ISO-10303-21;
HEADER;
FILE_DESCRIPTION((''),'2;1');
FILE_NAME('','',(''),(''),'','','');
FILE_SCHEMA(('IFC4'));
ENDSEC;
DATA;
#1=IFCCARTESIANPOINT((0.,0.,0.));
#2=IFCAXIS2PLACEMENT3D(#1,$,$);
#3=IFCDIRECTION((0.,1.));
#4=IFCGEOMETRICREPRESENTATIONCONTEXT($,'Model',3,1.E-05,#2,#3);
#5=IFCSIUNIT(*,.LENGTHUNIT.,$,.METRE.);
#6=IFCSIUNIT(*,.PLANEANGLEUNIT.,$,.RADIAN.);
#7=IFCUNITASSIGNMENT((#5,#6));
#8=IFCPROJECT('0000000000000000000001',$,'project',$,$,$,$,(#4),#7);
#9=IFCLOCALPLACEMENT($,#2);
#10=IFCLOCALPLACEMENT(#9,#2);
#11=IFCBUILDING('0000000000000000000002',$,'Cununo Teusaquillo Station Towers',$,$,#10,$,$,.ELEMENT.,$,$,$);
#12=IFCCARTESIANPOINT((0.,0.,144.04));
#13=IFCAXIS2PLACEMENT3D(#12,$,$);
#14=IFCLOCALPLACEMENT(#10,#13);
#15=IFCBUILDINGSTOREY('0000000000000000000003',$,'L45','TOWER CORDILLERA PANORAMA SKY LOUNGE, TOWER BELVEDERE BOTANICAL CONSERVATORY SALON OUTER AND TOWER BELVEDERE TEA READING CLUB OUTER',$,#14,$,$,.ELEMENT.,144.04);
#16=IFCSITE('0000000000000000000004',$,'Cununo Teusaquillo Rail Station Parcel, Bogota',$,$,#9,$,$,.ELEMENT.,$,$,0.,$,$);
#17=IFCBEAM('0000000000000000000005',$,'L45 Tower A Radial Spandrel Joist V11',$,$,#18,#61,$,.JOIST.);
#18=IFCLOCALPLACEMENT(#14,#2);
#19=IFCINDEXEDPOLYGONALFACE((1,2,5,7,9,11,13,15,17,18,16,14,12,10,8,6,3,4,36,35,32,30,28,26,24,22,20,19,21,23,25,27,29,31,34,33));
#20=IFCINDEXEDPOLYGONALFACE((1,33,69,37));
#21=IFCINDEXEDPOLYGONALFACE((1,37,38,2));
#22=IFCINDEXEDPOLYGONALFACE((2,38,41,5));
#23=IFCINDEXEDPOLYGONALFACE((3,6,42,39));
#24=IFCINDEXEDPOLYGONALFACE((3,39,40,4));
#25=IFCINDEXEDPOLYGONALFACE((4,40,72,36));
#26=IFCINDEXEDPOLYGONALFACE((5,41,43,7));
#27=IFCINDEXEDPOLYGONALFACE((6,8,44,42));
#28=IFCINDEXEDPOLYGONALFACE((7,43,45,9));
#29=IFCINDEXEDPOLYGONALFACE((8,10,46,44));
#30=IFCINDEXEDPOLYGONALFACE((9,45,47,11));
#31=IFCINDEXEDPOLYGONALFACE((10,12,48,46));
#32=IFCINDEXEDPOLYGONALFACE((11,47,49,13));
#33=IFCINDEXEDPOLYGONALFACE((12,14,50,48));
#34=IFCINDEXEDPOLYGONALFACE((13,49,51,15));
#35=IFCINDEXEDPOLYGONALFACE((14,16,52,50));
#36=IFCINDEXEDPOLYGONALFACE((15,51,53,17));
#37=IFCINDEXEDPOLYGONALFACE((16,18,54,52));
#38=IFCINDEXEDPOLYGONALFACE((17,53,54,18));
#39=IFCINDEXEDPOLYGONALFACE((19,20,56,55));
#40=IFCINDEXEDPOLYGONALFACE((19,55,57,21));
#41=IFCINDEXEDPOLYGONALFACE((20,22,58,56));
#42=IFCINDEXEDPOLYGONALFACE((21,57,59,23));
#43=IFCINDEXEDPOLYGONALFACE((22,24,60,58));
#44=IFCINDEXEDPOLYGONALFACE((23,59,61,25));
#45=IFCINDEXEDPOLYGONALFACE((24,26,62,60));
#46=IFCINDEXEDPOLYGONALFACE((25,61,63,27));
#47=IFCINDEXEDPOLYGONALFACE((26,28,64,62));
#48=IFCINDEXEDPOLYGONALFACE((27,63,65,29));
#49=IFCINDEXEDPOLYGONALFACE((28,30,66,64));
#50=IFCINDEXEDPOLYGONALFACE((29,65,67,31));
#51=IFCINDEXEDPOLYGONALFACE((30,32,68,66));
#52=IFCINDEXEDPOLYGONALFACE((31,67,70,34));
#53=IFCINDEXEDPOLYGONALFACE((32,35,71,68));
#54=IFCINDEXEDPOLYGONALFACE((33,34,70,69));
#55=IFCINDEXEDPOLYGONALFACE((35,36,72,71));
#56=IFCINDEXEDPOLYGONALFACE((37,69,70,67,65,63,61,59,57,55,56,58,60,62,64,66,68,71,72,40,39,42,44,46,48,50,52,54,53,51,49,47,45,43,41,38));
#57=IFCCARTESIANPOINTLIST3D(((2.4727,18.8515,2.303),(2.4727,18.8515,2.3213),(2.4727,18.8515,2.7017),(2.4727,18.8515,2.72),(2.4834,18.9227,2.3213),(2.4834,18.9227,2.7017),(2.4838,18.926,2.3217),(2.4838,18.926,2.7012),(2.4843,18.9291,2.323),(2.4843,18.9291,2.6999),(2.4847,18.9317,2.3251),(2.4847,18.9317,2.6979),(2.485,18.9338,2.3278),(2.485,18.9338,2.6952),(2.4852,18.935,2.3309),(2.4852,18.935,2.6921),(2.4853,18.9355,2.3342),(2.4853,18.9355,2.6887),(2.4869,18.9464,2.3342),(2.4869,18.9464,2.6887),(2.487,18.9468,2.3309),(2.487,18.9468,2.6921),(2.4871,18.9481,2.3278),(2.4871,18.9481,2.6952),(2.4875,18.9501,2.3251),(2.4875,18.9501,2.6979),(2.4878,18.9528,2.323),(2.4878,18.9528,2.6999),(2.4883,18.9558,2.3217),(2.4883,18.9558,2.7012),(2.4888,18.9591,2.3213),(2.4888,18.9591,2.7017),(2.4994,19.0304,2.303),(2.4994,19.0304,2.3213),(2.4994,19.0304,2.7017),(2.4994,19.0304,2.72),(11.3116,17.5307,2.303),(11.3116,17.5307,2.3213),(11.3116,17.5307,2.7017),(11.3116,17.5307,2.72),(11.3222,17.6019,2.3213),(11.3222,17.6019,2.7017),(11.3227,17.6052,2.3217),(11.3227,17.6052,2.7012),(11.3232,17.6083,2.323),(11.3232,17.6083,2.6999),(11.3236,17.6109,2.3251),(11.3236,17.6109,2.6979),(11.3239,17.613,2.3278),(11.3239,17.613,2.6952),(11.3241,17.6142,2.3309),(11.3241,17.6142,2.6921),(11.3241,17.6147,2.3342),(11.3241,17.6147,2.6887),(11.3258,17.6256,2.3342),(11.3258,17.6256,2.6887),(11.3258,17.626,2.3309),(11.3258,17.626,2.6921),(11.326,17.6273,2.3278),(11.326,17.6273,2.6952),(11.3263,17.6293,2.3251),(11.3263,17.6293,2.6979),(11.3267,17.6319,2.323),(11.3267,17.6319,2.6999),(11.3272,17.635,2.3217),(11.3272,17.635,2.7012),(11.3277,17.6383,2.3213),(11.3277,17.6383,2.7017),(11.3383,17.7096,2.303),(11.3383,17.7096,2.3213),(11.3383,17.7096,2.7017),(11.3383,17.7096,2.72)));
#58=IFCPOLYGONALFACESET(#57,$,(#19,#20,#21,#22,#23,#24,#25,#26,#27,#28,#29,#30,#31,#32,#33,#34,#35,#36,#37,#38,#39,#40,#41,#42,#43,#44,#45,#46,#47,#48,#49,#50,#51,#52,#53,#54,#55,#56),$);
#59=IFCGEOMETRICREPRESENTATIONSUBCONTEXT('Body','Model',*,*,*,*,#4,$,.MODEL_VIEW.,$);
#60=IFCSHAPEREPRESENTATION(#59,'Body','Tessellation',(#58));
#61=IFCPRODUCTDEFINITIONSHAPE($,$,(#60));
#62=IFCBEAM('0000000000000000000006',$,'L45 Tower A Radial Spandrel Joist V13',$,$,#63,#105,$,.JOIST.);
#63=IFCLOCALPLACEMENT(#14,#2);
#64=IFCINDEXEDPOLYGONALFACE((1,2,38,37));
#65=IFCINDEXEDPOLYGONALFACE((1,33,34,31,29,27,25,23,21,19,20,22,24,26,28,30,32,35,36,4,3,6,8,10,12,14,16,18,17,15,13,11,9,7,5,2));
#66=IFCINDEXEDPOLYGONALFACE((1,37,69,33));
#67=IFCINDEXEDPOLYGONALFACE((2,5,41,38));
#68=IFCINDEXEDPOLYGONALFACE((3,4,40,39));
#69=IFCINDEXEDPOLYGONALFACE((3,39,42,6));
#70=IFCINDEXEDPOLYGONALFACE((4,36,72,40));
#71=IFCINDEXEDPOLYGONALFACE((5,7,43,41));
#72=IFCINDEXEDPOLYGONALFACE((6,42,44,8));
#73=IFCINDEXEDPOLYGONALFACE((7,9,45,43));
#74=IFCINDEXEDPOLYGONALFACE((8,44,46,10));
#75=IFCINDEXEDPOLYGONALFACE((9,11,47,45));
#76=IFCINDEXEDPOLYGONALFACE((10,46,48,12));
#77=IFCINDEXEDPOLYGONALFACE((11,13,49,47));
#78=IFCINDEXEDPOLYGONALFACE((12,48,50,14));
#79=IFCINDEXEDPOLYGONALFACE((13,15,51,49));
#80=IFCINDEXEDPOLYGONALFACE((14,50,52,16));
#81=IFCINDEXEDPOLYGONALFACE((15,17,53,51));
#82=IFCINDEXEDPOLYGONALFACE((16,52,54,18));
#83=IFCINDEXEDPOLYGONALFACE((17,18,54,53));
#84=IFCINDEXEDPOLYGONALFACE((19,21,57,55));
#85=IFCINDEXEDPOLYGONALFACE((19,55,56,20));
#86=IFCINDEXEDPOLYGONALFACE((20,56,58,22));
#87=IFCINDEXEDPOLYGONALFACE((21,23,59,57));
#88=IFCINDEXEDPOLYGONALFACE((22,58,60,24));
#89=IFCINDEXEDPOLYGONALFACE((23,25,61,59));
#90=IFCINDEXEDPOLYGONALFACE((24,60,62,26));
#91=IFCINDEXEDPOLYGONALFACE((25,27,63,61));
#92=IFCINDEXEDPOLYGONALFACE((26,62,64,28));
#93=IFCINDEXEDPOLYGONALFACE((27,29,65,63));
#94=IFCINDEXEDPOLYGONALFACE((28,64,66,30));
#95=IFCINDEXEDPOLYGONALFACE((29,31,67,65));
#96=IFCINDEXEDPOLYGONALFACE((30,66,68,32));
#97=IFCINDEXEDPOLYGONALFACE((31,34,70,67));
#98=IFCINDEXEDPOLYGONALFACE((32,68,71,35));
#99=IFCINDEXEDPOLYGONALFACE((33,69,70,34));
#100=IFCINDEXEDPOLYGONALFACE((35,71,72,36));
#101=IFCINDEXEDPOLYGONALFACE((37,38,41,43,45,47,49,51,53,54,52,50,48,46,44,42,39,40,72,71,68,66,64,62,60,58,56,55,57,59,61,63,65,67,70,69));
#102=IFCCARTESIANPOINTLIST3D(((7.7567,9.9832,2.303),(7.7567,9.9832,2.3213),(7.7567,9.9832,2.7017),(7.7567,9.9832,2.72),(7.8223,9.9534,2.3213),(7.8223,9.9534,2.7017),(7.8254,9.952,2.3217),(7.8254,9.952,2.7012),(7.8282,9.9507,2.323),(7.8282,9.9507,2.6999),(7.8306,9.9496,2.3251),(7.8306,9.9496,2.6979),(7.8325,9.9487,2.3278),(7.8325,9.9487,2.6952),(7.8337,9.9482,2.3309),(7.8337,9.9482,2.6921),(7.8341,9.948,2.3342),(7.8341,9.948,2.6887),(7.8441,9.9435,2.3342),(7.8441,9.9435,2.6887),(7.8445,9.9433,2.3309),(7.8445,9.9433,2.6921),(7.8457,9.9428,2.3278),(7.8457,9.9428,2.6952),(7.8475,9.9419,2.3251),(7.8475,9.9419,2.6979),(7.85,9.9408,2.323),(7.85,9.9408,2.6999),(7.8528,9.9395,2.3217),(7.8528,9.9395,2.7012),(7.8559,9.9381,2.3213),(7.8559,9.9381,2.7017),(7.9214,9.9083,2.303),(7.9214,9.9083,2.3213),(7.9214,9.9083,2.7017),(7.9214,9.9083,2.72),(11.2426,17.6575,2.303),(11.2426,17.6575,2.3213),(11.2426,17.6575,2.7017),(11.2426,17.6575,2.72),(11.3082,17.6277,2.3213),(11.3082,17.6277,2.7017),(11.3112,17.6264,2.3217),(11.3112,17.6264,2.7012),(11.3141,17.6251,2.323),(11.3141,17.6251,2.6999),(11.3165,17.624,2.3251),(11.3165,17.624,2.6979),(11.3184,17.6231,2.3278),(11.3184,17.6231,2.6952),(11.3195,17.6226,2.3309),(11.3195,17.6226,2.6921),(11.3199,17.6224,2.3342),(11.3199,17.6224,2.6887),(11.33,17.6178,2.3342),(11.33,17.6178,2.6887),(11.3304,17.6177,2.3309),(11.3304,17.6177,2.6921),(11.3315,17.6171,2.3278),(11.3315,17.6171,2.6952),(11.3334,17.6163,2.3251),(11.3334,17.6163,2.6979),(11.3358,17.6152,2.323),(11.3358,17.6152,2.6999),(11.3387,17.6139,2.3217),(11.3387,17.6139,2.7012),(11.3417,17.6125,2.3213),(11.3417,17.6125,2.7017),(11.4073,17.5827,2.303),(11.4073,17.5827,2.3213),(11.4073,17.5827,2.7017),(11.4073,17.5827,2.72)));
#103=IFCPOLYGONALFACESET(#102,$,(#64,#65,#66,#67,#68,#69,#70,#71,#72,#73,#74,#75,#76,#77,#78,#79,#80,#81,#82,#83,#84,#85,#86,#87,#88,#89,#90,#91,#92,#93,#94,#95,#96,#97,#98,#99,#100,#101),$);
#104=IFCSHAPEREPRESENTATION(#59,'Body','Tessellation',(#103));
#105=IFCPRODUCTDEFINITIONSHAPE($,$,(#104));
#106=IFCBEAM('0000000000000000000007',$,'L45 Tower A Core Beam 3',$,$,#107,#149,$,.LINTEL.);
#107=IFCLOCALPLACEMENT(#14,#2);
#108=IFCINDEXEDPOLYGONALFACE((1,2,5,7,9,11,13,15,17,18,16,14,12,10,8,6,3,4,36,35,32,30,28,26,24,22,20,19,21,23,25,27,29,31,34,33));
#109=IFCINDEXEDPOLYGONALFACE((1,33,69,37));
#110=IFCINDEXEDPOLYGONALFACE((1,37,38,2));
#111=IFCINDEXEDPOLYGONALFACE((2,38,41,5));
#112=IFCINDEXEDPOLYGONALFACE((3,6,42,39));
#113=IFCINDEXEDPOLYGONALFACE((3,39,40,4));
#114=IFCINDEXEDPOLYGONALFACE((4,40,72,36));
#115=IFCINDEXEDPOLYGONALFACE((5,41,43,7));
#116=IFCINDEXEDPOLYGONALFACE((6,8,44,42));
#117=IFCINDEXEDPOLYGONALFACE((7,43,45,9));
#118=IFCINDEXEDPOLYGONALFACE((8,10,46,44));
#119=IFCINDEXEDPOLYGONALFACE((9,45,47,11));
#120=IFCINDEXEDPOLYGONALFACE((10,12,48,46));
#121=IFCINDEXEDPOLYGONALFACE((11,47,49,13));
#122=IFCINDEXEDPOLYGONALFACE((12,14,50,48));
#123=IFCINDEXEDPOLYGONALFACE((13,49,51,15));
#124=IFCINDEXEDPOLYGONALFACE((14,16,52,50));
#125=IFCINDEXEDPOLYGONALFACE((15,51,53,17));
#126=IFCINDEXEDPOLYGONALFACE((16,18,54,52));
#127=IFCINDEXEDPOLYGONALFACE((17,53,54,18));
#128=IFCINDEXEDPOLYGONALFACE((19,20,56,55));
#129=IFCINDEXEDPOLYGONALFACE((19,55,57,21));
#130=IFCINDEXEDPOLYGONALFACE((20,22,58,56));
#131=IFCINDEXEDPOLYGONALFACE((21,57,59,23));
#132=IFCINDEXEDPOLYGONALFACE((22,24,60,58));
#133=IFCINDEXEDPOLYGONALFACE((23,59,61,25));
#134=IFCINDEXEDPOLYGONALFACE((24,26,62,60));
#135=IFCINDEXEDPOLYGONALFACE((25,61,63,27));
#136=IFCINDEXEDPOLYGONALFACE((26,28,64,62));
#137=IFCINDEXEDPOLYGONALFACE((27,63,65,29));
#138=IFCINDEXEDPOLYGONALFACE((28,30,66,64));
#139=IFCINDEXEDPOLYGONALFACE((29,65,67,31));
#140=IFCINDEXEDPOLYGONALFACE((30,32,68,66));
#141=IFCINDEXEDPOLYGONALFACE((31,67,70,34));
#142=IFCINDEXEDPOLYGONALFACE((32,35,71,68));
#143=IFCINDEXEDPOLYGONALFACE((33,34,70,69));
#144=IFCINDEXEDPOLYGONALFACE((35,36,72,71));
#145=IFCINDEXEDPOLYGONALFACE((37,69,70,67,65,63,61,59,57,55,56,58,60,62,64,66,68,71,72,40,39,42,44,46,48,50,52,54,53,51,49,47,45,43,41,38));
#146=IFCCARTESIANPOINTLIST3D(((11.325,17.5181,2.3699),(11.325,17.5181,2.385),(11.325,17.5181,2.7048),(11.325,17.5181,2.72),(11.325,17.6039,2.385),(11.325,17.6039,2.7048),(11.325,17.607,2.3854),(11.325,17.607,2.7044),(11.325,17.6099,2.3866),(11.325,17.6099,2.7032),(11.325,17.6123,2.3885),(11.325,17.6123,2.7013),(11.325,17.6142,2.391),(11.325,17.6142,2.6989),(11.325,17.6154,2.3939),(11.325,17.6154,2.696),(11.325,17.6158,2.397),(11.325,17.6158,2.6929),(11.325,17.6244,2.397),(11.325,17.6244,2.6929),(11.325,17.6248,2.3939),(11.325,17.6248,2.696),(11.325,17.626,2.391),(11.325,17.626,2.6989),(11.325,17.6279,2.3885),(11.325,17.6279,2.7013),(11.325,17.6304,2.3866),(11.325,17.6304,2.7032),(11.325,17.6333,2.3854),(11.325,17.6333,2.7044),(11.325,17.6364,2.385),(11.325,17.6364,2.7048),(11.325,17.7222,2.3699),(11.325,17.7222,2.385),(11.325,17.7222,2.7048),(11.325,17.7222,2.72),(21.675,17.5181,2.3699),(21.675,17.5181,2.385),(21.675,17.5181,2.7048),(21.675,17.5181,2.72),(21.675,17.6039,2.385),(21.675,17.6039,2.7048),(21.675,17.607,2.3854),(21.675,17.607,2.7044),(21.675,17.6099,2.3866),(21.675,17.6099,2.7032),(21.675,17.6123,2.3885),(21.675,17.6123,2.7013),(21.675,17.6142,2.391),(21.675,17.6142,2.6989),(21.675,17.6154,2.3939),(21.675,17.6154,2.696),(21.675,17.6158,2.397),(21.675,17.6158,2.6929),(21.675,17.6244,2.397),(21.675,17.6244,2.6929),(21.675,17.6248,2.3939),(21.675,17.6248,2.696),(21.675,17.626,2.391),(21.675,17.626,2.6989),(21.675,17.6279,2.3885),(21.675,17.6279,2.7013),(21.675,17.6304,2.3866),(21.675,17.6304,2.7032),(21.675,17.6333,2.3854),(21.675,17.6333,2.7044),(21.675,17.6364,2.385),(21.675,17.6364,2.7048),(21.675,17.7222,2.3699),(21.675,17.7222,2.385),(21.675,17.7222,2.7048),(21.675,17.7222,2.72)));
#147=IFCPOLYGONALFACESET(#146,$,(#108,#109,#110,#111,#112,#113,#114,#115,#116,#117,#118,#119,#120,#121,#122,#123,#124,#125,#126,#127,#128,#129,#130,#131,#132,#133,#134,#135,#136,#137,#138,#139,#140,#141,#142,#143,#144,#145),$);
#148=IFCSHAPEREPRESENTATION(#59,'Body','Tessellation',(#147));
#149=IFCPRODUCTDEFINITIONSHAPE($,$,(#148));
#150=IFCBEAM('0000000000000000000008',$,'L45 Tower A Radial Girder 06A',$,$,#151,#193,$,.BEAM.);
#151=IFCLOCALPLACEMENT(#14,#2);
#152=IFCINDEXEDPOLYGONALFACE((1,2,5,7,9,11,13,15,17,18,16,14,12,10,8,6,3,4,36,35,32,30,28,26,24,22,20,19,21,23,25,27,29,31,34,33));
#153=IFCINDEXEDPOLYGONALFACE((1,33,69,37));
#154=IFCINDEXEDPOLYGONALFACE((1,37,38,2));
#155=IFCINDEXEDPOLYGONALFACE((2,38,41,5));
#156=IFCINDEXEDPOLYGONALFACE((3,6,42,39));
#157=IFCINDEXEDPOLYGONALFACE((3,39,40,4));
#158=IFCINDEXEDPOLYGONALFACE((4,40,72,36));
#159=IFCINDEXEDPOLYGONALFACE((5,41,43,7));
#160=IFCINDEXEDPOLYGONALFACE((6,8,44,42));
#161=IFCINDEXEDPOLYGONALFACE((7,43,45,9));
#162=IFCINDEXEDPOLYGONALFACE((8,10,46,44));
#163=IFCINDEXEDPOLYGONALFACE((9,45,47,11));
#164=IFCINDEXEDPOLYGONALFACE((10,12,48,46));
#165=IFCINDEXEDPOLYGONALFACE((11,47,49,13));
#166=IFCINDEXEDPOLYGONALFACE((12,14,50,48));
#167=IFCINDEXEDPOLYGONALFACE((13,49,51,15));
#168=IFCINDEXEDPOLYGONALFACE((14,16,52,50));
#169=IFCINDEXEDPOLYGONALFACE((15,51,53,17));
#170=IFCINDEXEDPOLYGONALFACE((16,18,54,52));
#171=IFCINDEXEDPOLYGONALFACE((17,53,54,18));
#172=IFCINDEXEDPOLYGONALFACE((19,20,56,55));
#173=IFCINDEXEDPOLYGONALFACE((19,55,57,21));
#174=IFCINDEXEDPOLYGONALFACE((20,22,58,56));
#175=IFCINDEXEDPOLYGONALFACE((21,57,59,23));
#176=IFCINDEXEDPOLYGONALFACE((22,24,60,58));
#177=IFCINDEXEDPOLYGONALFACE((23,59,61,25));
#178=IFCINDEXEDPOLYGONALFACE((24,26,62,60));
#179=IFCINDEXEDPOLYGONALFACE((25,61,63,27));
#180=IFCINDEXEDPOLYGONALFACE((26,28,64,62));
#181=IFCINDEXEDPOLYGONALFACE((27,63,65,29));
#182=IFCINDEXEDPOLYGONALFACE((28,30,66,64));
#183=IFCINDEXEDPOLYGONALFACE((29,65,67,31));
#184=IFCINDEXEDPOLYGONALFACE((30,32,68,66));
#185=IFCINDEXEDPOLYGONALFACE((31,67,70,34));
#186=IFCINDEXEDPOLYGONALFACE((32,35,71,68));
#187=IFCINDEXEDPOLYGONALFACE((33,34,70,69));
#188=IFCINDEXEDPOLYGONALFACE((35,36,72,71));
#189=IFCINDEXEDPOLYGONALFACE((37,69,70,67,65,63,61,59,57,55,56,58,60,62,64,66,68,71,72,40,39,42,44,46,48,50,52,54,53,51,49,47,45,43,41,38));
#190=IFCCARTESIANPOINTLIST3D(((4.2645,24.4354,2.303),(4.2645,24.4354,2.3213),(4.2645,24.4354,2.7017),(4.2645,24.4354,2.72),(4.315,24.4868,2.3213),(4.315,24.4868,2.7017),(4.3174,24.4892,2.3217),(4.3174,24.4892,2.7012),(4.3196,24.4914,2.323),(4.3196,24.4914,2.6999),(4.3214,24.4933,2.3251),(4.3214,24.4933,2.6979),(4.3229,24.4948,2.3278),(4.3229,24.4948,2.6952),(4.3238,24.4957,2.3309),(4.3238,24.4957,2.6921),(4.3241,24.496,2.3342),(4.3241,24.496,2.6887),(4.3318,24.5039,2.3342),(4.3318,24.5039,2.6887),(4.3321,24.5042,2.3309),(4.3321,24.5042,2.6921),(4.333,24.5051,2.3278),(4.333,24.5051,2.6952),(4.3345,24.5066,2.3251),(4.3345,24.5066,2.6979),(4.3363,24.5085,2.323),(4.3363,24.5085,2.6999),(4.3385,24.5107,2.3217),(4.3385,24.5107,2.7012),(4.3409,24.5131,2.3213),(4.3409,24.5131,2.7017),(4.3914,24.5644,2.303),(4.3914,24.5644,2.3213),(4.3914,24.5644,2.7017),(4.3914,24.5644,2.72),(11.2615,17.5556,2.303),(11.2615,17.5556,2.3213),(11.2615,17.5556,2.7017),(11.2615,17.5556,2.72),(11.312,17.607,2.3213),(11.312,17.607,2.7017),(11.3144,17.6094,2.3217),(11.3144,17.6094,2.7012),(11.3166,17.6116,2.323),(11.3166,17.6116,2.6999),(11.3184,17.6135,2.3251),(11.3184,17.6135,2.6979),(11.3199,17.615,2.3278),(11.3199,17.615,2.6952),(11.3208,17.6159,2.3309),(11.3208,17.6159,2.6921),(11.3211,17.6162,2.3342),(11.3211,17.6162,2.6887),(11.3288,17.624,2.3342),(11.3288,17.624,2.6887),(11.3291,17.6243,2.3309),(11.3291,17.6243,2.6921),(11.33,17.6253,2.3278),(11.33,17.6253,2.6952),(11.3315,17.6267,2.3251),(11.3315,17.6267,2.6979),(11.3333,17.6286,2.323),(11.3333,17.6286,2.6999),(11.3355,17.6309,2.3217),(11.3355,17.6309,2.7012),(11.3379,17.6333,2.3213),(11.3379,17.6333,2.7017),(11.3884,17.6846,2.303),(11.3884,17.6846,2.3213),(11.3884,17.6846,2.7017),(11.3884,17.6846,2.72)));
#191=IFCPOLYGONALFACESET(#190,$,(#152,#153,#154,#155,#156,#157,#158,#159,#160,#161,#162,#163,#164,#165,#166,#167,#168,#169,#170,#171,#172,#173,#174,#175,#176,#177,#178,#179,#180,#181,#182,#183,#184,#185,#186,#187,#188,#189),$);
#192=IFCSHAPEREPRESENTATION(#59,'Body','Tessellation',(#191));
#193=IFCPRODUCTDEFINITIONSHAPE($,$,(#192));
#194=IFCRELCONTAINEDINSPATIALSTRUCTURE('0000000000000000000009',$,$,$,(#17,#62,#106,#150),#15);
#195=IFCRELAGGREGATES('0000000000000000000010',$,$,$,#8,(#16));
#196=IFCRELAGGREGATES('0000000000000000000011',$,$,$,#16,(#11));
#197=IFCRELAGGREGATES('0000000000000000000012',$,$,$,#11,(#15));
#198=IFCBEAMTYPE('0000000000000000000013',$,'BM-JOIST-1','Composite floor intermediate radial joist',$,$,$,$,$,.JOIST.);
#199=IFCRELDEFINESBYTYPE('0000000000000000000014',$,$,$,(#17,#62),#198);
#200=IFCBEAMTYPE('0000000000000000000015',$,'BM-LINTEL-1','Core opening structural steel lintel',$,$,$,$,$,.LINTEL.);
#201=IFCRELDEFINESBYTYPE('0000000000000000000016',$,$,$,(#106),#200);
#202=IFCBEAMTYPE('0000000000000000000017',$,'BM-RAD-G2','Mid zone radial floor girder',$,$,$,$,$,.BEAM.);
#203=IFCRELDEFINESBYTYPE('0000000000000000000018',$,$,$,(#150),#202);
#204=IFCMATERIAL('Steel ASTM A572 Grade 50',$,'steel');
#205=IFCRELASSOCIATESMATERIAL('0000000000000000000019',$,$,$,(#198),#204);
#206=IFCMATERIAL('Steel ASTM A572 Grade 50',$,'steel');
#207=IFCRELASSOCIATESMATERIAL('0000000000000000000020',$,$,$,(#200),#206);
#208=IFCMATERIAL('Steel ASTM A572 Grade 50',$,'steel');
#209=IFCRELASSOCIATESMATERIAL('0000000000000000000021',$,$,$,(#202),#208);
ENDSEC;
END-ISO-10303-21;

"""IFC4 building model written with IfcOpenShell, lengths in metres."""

from ifc_helpers import new_model, si_unit, direction, frame, origin, origin_2d, place, context, subcontext, project, spatial, i_section, extrude, material, material_profile, profile_set, type_object, element, save


model = new_model("IFC4")

# Units and contexts
model_context = context("Model", 3, precision=1e-05, world=origin(), true_north=direction((0.0, 1.0)))
body_context = subcontext(model_context, "Body", "Model", "MODEL_VIEW")
ifc_project = project(units=[si_unit("LENGTHUNIT", "METRE"), si_unit("PLANEANGLEUNIT", "RADIAN")], contexts=[model_context])

# Site, building, storey
site_placement = place(None, origin())
site = spatial("IfcSite", under=ifc_project, at=site_placement, Name="Cununo Teusaquillo Rail Station Parcel, Bogota", CompositionType="ELEMENT", RefElevation=0.0)
building_placement = place(site_placement, origin())
building = spatial("IfcBuilding", under=site, at=building_placement, Name="Cununo Teusaquillo Station Towers", CompositionType="ELEMENT")
storey_placement = place(building_placement, frame((0.0, 0.0, 144.04)))
storey = spatial("IfcBuildingStorey", under=building, at=storey_placement, Name="L45", Description="TOWER CORDILLERA PANORAMA SKY LOUNGE, TOWER BELVEDERE BOTANICAL CONSERVATORY SALON OUTER AND TOWER BELVEDERE TEA READING CLUB OUTER", CompositionType="ELEMENT", Elevation=144.04)

# Beams
ifc_material_1 = material(Name="Steel ASTM A572 Grade 50", Category="steel")
ifc_material_profile_1 = material_profile(ifc_material_1, i_section(OverallWidth=0.1809, OverallDepth=0.417, WebThickness=0.011, FlangeThickness=0.0183, FilletRadius=0.0129, at=origin_2d()), Name="W16X57")
ifc_profile_set_1 = profile_set([ifc_material_profile_1], Name="Steel ASTM A572 Grade 50")
beam_type_1 = type_object("IfcBeamType", Name="BM-JOIST-1", Description="Composite floor intermediate radial joist", PredefinedType="JOIST", material=ifc_profile_set_1)
beam_1_placement = place(storey_placement, frame((11.325, 17.6201, 2.5115), z_axis=(-0.989019, 0.14779, 0.0), x_axis=(-0.14779, -0.989019, 0.0)))
element("IfcBeam", 1, at=beam_1_placement, inside=storey, type_object=beam_type_1, Name="L45 Tower A Radial Spandrel Joist V11", PredefinedType="JOIST", context=body_context, shape_type="SweptSolid", body=[
    extrude(i_section(OverallWidth=0.1809, OverallDepth=0.417, WebThickness=0.011, FlangeThickness=0.0183, FilletRadius=0.0129, at=origin_2d()), origin(), (0.0, 0.0, 1.0), 8.937),
])
beam_2_placement = place(storey_placement, frame((11.325, 17.6201, 2.5115), z_axis=(-0.413559, -0.910478, 0.0), x_axis=(0.910478, -0.413559, 0.0)))
element("IfcBeam", 2, at=beam_2_placement, inside=storey, type_object=beam_type_1, Name="L45 Tower A Radial Spandrel Joist V13", PredefinedType="JOIST", context=body_context, shape_type="SweptSolid", body=[
    extrude(i_section(OverallWidth=0.1809, OverallDepth=0.417, WebThickness=0.011, FlangeThickness=0.0183, FilletRadius=0.0129, at=origin_2d()), origin(), (0.0, 0.0, 1.0), 8.429),
])
ifc_material_2 = material(Name="Steel ASTM A572 Grade 50", Category="steel")
ifc_material_profile_2 = material_profile(ifc_material_2, i_section(OverallWidth=0.2041, OverallDepth=0.3501, WebThickness=0.0085, FlangeThickness=0.0151, FilletRadius=0.012, at=origin_2d()), Name="W14X48")
ifc_profile_set_2 = profile_set([ifc_material_profile_2], Name="Steel ASTM A572 Grade 50")
beam_type_2 = type_object("IfcBeamType", Name="BM-LINTEL-1", Description="Core opening structural steel lintel", PredefinedType="LINTEL", material=ifc_profile_set_2)
beam_3_placement = place(storey_placement, frame((11.325, 17.6201, 2.5449), z_axis=(1.0, 0.0, 0.0), x_axis=(0.0, 1.0, 0.0)))
element("IfcBeam", 3, at=beam_3_placement, inside=storey, type_object=beam_type_2, Name="L45 Tower A Core Beam 3", PredefinedType="LINTEL", context=body_context, shape_type="SweptSolid", body=[
    extrude(i_section(OverallWidth=0.2041, OverallDepth=0.3501, WebThickness=0.0085, FlangeThickness=0.0151, FilletRadius=0.012, at=origin_2d()), origin(), (0.0, 0.0, 1.0), 10.3501),
])
ifc_material_3 = material(Name="Steel ASTM A572 Grade 50", Category="steel")
ifc_material_profile_3 = material_profile(ifc_material_3, i_section(OverallWidth=0.1809, OverallDepth=0.417, WebThickness=0.011, FlangeThickness=0.0183, FilletRadius=0.0129, at=origin_2d()), Name="W16X57")
ifc_profile_set_3 = profile_set([ifc_material_profile_3], Name="Steel ASTM A572 Grade 50")
beam_type_3 = type_object("IfcBeamType", Name="BM-RAD-G2", Description="Mid zone radial floor girder", PredefinedType="BEAM", material=ifc_profile_set_3)
beam_4_placement = place(storey_placement, frame((11.325, 17.6201, 2.5115), z_axis=(-0.713053, 0.70111, 0.0), x_axis=(-0.70111, -0.713053, 0.0)))
element("IfcBeam", 4, at=beam_4_placement, inside=storey, type_object=beam_type_3, Name="L45 Tower A Radial Girder 06A", PredefinedType="BEAM", context=body_context, shape_type="SweptSolid", body=[
    extrude(i_section(OverallWidth=0.1809, OverallDepth=0.417, WebThickness=0.011, FlangeThickness=0.0183, FilletRadius=0.0129, at=origin_2d()), origin(), (0.0, 0.0, 1.0), 9.8127),
])

save(model, "model.ifc")
